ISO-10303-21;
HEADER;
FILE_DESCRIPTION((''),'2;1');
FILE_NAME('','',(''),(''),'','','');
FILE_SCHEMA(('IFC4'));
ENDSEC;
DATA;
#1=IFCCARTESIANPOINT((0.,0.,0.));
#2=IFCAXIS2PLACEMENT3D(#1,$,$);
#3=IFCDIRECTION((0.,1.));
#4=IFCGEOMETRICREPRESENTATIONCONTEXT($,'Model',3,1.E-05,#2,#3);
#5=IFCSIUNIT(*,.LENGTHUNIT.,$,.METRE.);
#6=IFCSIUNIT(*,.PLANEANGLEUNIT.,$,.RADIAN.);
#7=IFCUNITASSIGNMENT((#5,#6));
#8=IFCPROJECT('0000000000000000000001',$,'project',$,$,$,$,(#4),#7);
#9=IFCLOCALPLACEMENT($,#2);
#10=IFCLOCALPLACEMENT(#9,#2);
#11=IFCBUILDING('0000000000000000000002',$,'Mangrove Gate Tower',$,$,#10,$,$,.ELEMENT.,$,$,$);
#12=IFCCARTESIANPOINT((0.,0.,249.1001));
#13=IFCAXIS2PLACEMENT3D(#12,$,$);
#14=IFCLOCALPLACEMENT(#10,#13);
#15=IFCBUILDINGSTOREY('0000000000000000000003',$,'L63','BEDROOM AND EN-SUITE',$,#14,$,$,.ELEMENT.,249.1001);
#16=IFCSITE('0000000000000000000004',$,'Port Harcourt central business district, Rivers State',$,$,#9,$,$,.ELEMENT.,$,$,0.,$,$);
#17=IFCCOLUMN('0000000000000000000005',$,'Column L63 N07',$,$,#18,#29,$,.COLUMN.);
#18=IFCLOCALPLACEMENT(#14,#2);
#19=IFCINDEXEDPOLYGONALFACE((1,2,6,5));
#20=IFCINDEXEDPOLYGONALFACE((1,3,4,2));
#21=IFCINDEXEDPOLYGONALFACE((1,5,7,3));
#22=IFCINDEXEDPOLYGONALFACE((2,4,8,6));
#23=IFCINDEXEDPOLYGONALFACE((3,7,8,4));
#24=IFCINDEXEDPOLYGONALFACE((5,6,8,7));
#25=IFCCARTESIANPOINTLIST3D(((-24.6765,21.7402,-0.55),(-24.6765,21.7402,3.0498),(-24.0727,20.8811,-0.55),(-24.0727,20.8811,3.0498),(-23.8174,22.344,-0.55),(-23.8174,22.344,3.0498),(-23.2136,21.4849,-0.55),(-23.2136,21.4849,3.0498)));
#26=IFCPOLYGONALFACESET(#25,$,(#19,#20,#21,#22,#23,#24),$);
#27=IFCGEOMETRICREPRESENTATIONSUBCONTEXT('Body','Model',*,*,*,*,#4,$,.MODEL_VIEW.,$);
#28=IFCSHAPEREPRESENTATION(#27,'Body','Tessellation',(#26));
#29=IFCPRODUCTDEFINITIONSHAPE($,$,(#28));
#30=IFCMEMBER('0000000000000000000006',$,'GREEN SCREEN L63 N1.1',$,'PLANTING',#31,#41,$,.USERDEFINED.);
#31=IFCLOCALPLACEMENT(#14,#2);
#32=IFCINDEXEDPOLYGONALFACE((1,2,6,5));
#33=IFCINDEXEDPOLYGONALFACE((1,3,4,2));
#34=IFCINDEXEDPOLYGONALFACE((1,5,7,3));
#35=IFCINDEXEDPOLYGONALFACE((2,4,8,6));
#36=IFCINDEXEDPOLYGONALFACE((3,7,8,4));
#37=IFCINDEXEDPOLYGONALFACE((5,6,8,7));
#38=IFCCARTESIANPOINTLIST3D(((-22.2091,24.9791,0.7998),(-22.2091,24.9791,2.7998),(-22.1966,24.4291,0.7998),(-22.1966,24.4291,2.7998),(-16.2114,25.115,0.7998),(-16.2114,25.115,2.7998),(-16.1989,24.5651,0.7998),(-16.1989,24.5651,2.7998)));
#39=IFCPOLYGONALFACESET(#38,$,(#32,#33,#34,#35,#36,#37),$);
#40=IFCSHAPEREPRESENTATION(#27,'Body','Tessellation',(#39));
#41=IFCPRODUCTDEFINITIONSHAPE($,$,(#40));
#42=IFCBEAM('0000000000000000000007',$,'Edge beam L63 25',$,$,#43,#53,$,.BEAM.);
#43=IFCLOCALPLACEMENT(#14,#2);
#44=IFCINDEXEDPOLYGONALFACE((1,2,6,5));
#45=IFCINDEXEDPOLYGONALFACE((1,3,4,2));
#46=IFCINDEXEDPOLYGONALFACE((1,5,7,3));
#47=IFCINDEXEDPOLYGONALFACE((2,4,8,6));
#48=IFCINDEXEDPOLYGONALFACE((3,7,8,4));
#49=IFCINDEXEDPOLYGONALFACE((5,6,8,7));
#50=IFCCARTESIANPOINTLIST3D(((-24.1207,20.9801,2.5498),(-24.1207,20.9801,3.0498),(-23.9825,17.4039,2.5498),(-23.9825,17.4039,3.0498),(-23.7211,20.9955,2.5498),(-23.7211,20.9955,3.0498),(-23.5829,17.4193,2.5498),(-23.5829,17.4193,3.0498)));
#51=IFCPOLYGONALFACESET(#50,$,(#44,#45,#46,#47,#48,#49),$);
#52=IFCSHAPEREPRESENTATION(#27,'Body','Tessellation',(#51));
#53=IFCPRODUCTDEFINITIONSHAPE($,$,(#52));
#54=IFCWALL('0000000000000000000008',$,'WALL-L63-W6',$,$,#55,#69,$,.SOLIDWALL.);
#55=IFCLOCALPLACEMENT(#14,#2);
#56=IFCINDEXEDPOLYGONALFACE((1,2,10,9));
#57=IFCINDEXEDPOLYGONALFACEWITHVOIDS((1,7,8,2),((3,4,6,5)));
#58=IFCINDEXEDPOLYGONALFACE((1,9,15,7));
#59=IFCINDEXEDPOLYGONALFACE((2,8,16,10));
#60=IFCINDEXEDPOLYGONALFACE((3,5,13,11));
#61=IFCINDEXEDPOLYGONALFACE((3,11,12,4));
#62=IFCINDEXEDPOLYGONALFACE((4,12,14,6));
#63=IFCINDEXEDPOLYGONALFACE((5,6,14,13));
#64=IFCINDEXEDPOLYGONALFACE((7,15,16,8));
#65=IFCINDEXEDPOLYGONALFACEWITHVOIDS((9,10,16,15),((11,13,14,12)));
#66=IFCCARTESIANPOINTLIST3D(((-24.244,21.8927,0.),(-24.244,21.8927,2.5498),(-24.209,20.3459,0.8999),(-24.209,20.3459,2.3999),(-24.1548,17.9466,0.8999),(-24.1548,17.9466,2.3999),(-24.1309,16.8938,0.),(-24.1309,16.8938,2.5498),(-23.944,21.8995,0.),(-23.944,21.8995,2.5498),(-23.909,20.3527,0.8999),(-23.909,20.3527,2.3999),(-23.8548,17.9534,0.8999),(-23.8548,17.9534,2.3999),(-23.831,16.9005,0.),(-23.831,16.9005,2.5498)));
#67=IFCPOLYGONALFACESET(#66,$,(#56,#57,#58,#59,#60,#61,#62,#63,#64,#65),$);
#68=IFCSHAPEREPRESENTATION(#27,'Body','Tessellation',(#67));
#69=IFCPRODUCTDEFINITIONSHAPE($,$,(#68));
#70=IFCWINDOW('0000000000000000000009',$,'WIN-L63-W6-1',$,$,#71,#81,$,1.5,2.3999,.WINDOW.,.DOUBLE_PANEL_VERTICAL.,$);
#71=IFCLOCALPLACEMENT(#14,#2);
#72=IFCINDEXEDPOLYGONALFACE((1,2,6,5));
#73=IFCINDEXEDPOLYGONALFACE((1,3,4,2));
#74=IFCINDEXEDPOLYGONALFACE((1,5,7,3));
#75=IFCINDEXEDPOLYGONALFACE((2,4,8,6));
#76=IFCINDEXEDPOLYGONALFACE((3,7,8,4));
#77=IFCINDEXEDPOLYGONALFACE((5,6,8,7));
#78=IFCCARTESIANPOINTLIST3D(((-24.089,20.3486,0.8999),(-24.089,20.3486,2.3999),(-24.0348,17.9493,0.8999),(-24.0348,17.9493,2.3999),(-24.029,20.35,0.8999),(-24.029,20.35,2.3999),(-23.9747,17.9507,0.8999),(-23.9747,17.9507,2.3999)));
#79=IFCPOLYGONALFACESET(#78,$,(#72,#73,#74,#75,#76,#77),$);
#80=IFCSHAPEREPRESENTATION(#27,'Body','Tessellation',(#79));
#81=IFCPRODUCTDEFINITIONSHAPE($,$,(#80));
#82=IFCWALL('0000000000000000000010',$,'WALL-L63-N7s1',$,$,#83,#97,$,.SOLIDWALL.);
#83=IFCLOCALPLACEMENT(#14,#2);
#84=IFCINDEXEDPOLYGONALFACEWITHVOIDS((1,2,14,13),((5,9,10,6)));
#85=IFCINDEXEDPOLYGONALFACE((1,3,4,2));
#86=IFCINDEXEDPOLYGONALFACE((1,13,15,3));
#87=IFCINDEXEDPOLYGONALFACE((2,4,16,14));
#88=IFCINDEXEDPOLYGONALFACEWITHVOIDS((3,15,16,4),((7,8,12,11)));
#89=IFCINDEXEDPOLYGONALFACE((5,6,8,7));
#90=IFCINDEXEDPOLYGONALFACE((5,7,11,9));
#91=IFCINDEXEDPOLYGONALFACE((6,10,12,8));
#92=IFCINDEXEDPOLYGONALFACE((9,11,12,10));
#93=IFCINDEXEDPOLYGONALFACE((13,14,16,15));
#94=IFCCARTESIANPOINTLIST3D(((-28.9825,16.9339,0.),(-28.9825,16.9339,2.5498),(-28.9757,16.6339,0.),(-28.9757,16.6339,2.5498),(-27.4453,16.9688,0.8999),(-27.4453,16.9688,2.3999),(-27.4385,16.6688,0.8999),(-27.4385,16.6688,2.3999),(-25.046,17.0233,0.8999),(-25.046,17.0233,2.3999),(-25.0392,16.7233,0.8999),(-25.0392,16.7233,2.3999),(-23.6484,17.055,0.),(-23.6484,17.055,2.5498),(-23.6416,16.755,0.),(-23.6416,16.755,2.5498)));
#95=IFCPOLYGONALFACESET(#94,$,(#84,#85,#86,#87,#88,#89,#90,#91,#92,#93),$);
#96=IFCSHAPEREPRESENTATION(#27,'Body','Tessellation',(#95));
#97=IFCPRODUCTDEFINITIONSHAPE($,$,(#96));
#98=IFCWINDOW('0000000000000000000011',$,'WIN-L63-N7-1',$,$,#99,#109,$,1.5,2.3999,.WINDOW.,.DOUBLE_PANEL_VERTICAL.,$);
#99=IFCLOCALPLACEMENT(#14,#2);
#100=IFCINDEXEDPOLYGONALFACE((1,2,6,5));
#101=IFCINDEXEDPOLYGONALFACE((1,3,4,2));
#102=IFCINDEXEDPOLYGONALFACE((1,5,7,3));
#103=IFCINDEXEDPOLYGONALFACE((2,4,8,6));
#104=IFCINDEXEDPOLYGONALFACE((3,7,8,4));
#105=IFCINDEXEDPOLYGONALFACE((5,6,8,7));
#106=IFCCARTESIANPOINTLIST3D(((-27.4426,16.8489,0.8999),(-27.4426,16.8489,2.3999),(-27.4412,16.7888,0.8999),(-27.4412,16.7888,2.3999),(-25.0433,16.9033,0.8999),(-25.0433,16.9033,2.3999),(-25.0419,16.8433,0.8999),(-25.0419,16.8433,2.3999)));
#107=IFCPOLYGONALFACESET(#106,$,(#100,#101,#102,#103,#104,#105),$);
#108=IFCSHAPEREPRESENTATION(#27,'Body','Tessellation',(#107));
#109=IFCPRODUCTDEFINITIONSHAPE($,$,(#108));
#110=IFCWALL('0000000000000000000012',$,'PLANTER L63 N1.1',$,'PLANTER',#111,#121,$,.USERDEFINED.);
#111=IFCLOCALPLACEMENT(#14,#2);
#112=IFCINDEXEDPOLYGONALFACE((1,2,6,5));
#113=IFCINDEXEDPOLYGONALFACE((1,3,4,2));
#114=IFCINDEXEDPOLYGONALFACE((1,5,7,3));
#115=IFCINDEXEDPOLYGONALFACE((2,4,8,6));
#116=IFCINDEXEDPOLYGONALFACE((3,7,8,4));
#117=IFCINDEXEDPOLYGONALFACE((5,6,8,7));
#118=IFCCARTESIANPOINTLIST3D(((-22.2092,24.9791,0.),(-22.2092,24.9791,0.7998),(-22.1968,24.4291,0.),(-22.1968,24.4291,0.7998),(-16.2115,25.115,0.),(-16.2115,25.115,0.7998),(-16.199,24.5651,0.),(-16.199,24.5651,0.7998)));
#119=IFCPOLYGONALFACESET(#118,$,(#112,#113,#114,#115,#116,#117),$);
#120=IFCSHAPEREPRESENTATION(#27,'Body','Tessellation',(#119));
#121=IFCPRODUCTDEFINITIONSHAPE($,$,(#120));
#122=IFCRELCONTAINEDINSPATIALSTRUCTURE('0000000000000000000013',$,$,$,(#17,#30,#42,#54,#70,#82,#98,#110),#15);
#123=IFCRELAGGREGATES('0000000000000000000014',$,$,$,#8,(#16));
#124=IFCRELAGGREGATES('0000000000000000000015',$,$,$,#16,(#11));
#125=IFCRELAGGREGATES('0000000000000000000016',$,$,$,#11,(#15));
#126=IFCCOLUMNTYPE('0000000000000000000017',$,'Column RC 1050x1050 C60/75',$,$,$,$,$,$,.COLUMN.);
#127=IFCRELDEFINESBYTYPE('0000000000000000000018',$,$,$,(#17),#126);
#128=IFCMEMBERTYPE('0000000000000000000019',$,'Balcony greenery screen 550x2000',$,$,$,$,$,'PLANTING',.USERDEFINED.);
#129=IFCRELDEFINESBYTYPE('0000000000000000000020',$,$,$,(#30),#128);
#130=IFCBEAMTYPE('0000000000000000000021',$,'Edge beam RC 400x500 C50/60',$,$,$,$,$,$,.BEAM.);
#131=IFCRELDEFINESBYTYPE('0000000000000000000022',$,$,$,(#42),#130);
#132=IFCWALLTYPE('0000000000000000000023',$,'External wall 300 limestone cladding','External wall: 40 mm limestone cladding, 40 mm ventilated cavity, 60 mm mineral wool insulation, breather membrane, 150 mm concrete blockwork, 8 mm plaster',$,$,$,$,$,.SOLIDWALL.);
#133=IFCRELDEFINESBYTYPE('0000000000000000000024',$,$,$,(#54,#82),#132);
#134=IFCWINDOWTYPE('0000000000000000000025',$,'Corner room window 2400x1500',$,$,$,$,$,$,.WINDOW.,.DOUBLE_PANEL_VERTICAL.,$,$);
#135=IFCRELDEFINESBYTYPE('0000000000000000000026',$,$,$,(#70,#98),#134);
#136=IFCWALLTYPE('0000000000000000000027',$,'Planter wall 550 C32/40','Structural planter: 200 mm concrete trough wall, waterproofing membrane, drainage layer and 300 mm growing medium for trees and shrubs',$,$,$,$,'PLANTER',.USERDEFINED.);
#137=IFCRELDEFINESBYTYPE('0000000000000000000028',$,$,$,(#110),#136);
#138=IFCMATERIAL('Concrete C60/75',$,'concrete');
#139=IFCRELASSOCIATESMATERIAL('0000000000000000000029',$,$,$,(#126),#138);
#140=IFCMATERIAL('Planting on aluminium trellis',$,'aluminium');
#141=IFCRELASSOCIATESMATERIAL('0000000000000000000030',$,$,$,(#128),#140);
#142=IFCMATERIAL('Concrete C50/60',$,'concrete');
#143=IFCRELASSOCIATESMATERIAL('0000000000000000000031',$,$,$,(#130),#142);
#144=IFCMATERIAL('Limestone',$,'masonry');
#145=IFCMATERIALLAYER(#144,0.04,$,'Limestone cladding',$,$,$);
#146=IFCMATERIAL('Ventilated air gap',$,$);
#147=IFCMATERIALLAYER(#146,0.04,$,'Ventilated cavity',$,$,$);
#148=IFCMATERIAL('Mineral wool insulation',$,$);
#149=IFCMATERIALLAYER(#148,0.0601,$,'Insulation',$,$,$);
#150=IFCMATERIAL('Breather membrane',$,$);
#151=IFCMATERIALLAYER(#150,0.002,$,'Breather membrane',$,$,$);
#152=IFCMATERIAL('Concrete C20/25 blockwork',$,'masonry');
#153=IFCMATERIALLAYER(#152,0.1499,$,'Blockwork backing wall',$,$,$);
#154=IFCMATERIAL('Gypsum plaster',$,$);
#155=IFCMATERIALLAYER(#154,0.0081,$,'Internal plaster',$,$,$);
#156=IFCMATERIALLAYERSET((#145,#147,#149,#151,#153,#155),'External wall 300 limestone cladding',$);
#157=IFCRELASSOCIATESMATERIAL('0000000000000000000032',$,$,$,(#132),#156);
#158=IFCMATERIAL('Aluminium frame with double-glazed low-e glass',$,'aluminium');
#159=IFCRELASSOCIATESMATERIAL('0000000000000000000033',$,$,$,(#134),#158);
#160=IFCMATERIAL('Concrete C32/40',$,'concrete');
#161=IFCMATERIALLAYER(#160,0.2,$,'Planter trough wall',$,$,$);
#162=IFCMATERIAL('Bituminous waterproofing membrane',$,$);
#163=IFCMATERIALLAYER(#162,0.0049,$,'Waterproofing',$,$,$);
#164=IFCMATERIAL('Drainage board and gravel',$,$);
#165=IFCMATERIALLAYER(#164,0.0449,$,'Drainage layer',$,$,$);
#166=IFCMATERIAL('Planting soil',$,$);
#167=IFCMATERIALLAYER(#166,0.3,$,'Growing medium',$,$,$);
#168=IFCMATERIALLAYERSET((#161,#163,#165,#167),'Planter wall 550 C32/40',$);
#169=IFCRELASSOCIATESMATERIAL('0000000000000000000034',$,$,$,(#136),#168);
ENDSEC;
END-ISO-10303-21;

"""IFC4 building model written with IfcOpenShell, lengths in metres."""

from ifc_helpers import new_model, si_unit, direction, frame, frame_2d, origin, origin_2d, place, context, subcontext, project, spatial, rectangle, extrude, material, layer, layer_set, material_profile, profile_set, type_object, element, fill, save


model = new_model("IFC4")

# Units and contexts
model_context = context("Model", 3, precision=1e-05, world=origin(), true_north=direction((0.0, 1.0)))
body_context = subcontext(model_context, "Body", "Model", "MODEL_VIEW")
ifc_project = project(units=[si_unit("LENGTHUNIT", "METRE"), si_unit("PLANEANGLEUNIT", "RADIAN")], contexts=[model_context])

# Site, building, storey
site_placement = place(None, origin())
site = spatial("IfcSite", under=ifc_project, at=site_placement, Name="Port Harcourt central business district, Rivers State", CompositionType="ELEMENT", RefElevation=0.0)
building_placement = place(site_placement, origin())
building = spatial("IfcBuilding", under=site, at=building_placement, Name="Mangrove Gate Tower", CompositionType="ELEMENT")
storey_placement = place(building_placement, frame((0.0, 0.0, 249.1001)))
storey = spatial("IfcBuildingStorey", under=building, at=storey_placement, Name="L63", Description="BEDROOM AND EN-SUITE", CompositionType="ELEMENT", Elevation=249.1001)

# Column
ifc_material_1 = material(Name="Concrete C60/75", Category="concrete")
ifc_material_profile_1 = material_profile(ifc_material_1, rectangle(XDim=1.05, YDim=1.05, at=origin_2d()))
ifc_profile_set_1 = profile_set([ifc_material_profile_1], Name="Concrete C60/75")
column_type = type_object("IfcColumnType", Name="Column RC 1050x1050 C60/75", PredefinedType="COLUMN", material=ifc_profile_set_1)
column_placement = place(storey_placement, frame((-23.9451, 21.6125, -0.55), z_axis=(0.0, 0.0, 1.0), x_axis=(-0.818138, -0.575022, 0.0)))
element("IfcColumn", 1, at=column_placement, inside=storey, type_object=column_type, Name="Column L63 N07", PredefinedType="COLUMN", context=body_context, shape_type="SweptSolid", body=[
    extrude(rectangle(XDim=1.05, YDim=1.05, at=origin_2d()), origin(), (0.0, 0.0, 1.0), 3.5999),
])

# Member
ifc_material_2 = material(Name="Planting on aluminium trellis", Category="aluminium")
ifc_material_profile_2 = material_profile(ifc_material_2, rectangle(XDim=0.55, YDim=2.0, at=origin_2d()))
ifc_profile_set_2 = profile_set([ifc_material_profile_2], Name="Planting on aluminium trellis")
member_type = type_object("IfcMemberType", Name="Balcony greenery screen 550x2000", ElementType="PLANTING", PredefinedType="USERDEFINED", material=ifc_profile_set_2)
member_placement = place(storey_placement, frame((-22.2029, 24.7041, 1.7998), z_axis=(0.999743, 0.022667, 0.0), x_axis=(-0.022667, 0.999743, 0.0)))
element("IfcMember", 2, at=member_placement, inside=storey, type_object=member_type, Name="GREEN SCREEN L63 N1.1", ObjectType="PLANTING", PredefinedType="USERDEFINED", context=body_context, shape_type="SweptSolid", body=[
    extrude(rectangle(XDim=0.55, YDim=2.0, at=origin_2d()), origin(), (0.0, 0.0, 1.0), 5.9993),
])

# Beam
ifc_material_3 = material(Name="Concrete C50/60", Category="concrete")
ifc_material_profile_3 = material_profile(ifc_material_3, rectangle(XDim=0.3999, YDim=0.5, at=origin_2d()))
ifc_profile_set_3 = profile_set([ifc_material_profile_3], Name="Concrete C50/60")
beam_type = type_object("IfcBeamType", Name="Edge beam RC 400x500 C50/60", PredefinedType="BEAM", material=ifc_profile_set_3)
beam_placement = place(storey_placement, frame((-23.9209, 20.9878, 2.7998), z_axis=(0.038611, -0.999254, 0.0), x_axis=(0.999254, 0.038611, 0.0)))
element("IfcBeam", 3, at=beam_placement, inside=storey, type_object=beam_type, Name="Edge beam L63 25", PredefinedType="BEAM", context=body_context, shape_type="SweptSolid", body=[
    extrude(rectangle(XDim=0.3999, YDim=0.5, at=origin_2d()), origin(), (0.0, 0.0, 1.0), 3.5789),
])

# Walls, openings, windows
ifc_material_4 = material(Name="Limestone", Category="masonry")
ifc_layer_1 = layer(ifc_material_4, 0.04, Name="Limestone cladding")
ifc_material_5 = material(Name="Ventilated air gap")
ifc_layer_2 = layer(ifc_material_5, 0.04, Name="Ventilated cavity")
ifc_material_6 = material(Name="Mineral wool insulation")
ifc_layer_3 = layer(ifc_material_6, 0.0601, Name="Insulation")
ifc_material_7 = material(Name="Breather membrane")
ifc_layer_4 = layer(ifc_material_7, 0.002, Name="Breather membrane")
ifc_material_8 = material(Name="Concrete C20/25 blockwork", Category="masonry")
ifc_layer_5 = layer(ifc_material_8, 0.1499, Name="Blockwork backing wall")
ifc_material_9 = material(Name="Gypsum plaster")
ifc_layer_6 = layer(ifc_material_9, 0.0081, Name="Internal plaster")
ifc_layer_set_1 = layer_set([ifc_layer_1, ifc_layer_2, ifc_layer_3, ifc_layer_4, ifc_layer_5, ifc_layer_6], Name="External wall 300 limestone cladding")
wall_type_1 = type_object("IfcWallType", Name="External wall 300 limestone cladding", Description="External wall: 40 mm limestone cladding, 40 mm ventilated cavity, 60 mm mineral wool insulation, breather membrane, 150 mm concrete blockwork, 8 mm plaster", PredefinedType="SOLIDWALL", material=ifc_layer_set_1)
wall_1_placement = place(storey_placement, frame((-24.094, 21.896, 0.0), z_axis=(0.0, 0.0, 1.0), x_axis=(0.022606, -0.999744, 0.0)))
wall_1 = element("IfcWall", 4, at=wall_1_placement, inside=storey, type_object=wall_type_1, Name="WALL-L63-W6", PredefinedType="SOLIDWALL", context=body_context, shape_type="SweptSolid", body=[
    extrude(rectangle(XDim=5.0002, YDim=0.3, at=frame_2d((2.5, 0.0))), origin(), (0.0, 0.0, 1.0), 2.5498),
])
opening_1_placement = place(wall_1_placement, frame((1.5471, 0.0, 0.8999)))
opening_1 = element("IfcOpeningElement", 5, at=opening_1_placement, cuts=wall_1, PredefinedType="OPENING", context=body_context, shape_type="SweptSolid", body=[
    extrude(rectangle(XDim=2.3999, YDim=1.5, at=frame_2d((1.2, 0.75))), frame((0.0, 0.1599, 0.0), z_axis=(0.0, -1.0, 0.0), x_axis=(1.0, 0.0, 0.0)), (0.0, 0.0, 1.0), 0.3201),
])
ifc_material_10 = material(Name="Aluminium frame with double-glazed low-e glass", Category="aluminium")
window_type = type_object("IfcWindowType", Name="Corner room window 2400x1500", PartitioningType="DOUBLE_PANEL_VERTICAL", PredefinedType="WINDOW", material=ifc_material_10)
window_1_placement = place(opening_1_placement, origin())
window_1 = element("IfcWindow", 6, at=window_1_placement, inside=storey, type_object=window_type, Name="WIN-L63-W6-1", OverallHeight=1.5, OverallWidth=2.3999, PartitioningType="DOUBLE_PANEL_VERTICAL", PredefinedType="WINDOW", context=body_context, shape_type="SweptSolid", body=[
    extrude(rectangle(XDim=2.3999, YDim=1.5, at=frame_2d((1.2, 0.75))), frame((0.0, 0.03, 0.0), z_axis=(0.0, -1.0, 0.0), x_axis=(1.0, 0.0, 0.0)), (0.0, 0.0, 1.0), 0.0601),
])
fill(opening_1, window_1)
wall_2_placement = place(storey_placement, frame((-23.645, 16.905, 0.0), z_axis=(0.0, 0.0, 1.0), x_axis=(-0.999742, -0.022696, 0.0)))
wall_2 = element("IfcWall", 7, at=wall_2_placement, inside=storey, type_object=wall_type_1, Name="WALL-L63-N7s1", PredefinedType="SOLIDWALL", context=body_context, shape_type="SweptSolid", body=[
    extrude(rectangle(XDim=5.3354, YDim=0.3, at=frame_2d((2.6677, 0.0))), origin(), (0.0, 0.0, 1.0), 2.5498),
])
opening_2_placement = place(wall_2_placement, frame((1.3979, 0.0, 0.8999)))
opening_2 = element("IfcOpeningElement", 8, at=opening_2_placement, cuts=wall_2, PredefinedType="OPENING", context=body_context, shape_type="SweptSolid", body=[
    extrude(rectangle(XDim=2.3999, YDim=1.5, at=frame_2d((1.2, 0.75))), frame((0.0, 0.1599, 0.0), z_axis=(0.0, -1.0, 0.0), x_axis=(1.0, 0.0, 0.0)), (0.0, 0.0, 1.0), 0.3201),
])
window_2_placement = place(opening_2_placement, origin())
window_2 = element("IfcWindow", 9, at=window_2_placement, inside=storey, type_object=window_type, Name="WIN-L63-N7-1", OverallHeight=1.5, OverallWidth=2.3999, PartitioningType="DOUBLE_PANEL_VERTICAL", PredefinedType="WINDOW", context=body_context, shape_type="SweptSolid", body=[
    extrude(rectangle(XDim=2.3999, YDim=1.5, at=frame_2d((1.2, 0.75))), frame((0.0, 0.03, 0.0), z_axis=(0.0, -1.0, 0.0), x_axis=(1.0, 0.0, 0.0)), (0.0, 0.0, 1.0), 0.0601),
])
fill(opening_2, window_2)

# Wall
ifc_material_11 = material(Name="Concrete C32/40", Category="concrete")
ifc_layer_7 = layer(ifc_material_11, 0.2, Name="Planter trough wall")
ifc_material_12 = material(Name="Bituminous waterproofing membrane")
ifc_layer_8 = layer(ifc_material_12, 0.0049, Name="Waterproofing")
ifc_material_13 = material(Name="Drainage board and gravel")
ifc_layer_9 = layer(ifc_material_13, 0.0449, Name="Drainage layer")
ifc_material_14 = material(Name="Planting soil")
ifc_layer_10 = layer(ifc_material_14, 0.3, Name="Growing medium")
ifc_layer_set_2 = layer_set([ifc_layer_7, ifc_layer_8, ifc_layer_9, ifc_layer_10], Name="Planter wall 550 C32/40")
wall_type_2 = type_object("IfcWallType", Name="Planter wall 550 C32/40", Description="Structural planter: 200 mm concrete trough wall, waterproofing membrane, drainage layer and 300 mm growing medium for trees and shrubs", ElementType="PLANTER", PredefinedType="USERDEFINED", material=ifc_layer_set_2)
wall_3_placement = place(storey_placement, frame((-22.2029, 24.7041, 0.0), z_axis=(0.0, 0.0, 1.0), x_axis=(0.999743, 0.022667, 0.0)))
element("IfcWall", 10, at=wall_3_placement, inside=storey, type_object=wall_type_2, Name="PLANTER L63 N1.1", ObjectType="PLANTER", PredefinedType="USERDEFINED", context=body_context, shape_type="SweptSolid", body=[
    extrude(rectangle(XDim=5.9993, YDim=0.55, at=frame_2d((2.9995, 0.0))), origin(), (0.0, 0.0, 1.0), 0.7998),
])

save(model, "model.ifc")
